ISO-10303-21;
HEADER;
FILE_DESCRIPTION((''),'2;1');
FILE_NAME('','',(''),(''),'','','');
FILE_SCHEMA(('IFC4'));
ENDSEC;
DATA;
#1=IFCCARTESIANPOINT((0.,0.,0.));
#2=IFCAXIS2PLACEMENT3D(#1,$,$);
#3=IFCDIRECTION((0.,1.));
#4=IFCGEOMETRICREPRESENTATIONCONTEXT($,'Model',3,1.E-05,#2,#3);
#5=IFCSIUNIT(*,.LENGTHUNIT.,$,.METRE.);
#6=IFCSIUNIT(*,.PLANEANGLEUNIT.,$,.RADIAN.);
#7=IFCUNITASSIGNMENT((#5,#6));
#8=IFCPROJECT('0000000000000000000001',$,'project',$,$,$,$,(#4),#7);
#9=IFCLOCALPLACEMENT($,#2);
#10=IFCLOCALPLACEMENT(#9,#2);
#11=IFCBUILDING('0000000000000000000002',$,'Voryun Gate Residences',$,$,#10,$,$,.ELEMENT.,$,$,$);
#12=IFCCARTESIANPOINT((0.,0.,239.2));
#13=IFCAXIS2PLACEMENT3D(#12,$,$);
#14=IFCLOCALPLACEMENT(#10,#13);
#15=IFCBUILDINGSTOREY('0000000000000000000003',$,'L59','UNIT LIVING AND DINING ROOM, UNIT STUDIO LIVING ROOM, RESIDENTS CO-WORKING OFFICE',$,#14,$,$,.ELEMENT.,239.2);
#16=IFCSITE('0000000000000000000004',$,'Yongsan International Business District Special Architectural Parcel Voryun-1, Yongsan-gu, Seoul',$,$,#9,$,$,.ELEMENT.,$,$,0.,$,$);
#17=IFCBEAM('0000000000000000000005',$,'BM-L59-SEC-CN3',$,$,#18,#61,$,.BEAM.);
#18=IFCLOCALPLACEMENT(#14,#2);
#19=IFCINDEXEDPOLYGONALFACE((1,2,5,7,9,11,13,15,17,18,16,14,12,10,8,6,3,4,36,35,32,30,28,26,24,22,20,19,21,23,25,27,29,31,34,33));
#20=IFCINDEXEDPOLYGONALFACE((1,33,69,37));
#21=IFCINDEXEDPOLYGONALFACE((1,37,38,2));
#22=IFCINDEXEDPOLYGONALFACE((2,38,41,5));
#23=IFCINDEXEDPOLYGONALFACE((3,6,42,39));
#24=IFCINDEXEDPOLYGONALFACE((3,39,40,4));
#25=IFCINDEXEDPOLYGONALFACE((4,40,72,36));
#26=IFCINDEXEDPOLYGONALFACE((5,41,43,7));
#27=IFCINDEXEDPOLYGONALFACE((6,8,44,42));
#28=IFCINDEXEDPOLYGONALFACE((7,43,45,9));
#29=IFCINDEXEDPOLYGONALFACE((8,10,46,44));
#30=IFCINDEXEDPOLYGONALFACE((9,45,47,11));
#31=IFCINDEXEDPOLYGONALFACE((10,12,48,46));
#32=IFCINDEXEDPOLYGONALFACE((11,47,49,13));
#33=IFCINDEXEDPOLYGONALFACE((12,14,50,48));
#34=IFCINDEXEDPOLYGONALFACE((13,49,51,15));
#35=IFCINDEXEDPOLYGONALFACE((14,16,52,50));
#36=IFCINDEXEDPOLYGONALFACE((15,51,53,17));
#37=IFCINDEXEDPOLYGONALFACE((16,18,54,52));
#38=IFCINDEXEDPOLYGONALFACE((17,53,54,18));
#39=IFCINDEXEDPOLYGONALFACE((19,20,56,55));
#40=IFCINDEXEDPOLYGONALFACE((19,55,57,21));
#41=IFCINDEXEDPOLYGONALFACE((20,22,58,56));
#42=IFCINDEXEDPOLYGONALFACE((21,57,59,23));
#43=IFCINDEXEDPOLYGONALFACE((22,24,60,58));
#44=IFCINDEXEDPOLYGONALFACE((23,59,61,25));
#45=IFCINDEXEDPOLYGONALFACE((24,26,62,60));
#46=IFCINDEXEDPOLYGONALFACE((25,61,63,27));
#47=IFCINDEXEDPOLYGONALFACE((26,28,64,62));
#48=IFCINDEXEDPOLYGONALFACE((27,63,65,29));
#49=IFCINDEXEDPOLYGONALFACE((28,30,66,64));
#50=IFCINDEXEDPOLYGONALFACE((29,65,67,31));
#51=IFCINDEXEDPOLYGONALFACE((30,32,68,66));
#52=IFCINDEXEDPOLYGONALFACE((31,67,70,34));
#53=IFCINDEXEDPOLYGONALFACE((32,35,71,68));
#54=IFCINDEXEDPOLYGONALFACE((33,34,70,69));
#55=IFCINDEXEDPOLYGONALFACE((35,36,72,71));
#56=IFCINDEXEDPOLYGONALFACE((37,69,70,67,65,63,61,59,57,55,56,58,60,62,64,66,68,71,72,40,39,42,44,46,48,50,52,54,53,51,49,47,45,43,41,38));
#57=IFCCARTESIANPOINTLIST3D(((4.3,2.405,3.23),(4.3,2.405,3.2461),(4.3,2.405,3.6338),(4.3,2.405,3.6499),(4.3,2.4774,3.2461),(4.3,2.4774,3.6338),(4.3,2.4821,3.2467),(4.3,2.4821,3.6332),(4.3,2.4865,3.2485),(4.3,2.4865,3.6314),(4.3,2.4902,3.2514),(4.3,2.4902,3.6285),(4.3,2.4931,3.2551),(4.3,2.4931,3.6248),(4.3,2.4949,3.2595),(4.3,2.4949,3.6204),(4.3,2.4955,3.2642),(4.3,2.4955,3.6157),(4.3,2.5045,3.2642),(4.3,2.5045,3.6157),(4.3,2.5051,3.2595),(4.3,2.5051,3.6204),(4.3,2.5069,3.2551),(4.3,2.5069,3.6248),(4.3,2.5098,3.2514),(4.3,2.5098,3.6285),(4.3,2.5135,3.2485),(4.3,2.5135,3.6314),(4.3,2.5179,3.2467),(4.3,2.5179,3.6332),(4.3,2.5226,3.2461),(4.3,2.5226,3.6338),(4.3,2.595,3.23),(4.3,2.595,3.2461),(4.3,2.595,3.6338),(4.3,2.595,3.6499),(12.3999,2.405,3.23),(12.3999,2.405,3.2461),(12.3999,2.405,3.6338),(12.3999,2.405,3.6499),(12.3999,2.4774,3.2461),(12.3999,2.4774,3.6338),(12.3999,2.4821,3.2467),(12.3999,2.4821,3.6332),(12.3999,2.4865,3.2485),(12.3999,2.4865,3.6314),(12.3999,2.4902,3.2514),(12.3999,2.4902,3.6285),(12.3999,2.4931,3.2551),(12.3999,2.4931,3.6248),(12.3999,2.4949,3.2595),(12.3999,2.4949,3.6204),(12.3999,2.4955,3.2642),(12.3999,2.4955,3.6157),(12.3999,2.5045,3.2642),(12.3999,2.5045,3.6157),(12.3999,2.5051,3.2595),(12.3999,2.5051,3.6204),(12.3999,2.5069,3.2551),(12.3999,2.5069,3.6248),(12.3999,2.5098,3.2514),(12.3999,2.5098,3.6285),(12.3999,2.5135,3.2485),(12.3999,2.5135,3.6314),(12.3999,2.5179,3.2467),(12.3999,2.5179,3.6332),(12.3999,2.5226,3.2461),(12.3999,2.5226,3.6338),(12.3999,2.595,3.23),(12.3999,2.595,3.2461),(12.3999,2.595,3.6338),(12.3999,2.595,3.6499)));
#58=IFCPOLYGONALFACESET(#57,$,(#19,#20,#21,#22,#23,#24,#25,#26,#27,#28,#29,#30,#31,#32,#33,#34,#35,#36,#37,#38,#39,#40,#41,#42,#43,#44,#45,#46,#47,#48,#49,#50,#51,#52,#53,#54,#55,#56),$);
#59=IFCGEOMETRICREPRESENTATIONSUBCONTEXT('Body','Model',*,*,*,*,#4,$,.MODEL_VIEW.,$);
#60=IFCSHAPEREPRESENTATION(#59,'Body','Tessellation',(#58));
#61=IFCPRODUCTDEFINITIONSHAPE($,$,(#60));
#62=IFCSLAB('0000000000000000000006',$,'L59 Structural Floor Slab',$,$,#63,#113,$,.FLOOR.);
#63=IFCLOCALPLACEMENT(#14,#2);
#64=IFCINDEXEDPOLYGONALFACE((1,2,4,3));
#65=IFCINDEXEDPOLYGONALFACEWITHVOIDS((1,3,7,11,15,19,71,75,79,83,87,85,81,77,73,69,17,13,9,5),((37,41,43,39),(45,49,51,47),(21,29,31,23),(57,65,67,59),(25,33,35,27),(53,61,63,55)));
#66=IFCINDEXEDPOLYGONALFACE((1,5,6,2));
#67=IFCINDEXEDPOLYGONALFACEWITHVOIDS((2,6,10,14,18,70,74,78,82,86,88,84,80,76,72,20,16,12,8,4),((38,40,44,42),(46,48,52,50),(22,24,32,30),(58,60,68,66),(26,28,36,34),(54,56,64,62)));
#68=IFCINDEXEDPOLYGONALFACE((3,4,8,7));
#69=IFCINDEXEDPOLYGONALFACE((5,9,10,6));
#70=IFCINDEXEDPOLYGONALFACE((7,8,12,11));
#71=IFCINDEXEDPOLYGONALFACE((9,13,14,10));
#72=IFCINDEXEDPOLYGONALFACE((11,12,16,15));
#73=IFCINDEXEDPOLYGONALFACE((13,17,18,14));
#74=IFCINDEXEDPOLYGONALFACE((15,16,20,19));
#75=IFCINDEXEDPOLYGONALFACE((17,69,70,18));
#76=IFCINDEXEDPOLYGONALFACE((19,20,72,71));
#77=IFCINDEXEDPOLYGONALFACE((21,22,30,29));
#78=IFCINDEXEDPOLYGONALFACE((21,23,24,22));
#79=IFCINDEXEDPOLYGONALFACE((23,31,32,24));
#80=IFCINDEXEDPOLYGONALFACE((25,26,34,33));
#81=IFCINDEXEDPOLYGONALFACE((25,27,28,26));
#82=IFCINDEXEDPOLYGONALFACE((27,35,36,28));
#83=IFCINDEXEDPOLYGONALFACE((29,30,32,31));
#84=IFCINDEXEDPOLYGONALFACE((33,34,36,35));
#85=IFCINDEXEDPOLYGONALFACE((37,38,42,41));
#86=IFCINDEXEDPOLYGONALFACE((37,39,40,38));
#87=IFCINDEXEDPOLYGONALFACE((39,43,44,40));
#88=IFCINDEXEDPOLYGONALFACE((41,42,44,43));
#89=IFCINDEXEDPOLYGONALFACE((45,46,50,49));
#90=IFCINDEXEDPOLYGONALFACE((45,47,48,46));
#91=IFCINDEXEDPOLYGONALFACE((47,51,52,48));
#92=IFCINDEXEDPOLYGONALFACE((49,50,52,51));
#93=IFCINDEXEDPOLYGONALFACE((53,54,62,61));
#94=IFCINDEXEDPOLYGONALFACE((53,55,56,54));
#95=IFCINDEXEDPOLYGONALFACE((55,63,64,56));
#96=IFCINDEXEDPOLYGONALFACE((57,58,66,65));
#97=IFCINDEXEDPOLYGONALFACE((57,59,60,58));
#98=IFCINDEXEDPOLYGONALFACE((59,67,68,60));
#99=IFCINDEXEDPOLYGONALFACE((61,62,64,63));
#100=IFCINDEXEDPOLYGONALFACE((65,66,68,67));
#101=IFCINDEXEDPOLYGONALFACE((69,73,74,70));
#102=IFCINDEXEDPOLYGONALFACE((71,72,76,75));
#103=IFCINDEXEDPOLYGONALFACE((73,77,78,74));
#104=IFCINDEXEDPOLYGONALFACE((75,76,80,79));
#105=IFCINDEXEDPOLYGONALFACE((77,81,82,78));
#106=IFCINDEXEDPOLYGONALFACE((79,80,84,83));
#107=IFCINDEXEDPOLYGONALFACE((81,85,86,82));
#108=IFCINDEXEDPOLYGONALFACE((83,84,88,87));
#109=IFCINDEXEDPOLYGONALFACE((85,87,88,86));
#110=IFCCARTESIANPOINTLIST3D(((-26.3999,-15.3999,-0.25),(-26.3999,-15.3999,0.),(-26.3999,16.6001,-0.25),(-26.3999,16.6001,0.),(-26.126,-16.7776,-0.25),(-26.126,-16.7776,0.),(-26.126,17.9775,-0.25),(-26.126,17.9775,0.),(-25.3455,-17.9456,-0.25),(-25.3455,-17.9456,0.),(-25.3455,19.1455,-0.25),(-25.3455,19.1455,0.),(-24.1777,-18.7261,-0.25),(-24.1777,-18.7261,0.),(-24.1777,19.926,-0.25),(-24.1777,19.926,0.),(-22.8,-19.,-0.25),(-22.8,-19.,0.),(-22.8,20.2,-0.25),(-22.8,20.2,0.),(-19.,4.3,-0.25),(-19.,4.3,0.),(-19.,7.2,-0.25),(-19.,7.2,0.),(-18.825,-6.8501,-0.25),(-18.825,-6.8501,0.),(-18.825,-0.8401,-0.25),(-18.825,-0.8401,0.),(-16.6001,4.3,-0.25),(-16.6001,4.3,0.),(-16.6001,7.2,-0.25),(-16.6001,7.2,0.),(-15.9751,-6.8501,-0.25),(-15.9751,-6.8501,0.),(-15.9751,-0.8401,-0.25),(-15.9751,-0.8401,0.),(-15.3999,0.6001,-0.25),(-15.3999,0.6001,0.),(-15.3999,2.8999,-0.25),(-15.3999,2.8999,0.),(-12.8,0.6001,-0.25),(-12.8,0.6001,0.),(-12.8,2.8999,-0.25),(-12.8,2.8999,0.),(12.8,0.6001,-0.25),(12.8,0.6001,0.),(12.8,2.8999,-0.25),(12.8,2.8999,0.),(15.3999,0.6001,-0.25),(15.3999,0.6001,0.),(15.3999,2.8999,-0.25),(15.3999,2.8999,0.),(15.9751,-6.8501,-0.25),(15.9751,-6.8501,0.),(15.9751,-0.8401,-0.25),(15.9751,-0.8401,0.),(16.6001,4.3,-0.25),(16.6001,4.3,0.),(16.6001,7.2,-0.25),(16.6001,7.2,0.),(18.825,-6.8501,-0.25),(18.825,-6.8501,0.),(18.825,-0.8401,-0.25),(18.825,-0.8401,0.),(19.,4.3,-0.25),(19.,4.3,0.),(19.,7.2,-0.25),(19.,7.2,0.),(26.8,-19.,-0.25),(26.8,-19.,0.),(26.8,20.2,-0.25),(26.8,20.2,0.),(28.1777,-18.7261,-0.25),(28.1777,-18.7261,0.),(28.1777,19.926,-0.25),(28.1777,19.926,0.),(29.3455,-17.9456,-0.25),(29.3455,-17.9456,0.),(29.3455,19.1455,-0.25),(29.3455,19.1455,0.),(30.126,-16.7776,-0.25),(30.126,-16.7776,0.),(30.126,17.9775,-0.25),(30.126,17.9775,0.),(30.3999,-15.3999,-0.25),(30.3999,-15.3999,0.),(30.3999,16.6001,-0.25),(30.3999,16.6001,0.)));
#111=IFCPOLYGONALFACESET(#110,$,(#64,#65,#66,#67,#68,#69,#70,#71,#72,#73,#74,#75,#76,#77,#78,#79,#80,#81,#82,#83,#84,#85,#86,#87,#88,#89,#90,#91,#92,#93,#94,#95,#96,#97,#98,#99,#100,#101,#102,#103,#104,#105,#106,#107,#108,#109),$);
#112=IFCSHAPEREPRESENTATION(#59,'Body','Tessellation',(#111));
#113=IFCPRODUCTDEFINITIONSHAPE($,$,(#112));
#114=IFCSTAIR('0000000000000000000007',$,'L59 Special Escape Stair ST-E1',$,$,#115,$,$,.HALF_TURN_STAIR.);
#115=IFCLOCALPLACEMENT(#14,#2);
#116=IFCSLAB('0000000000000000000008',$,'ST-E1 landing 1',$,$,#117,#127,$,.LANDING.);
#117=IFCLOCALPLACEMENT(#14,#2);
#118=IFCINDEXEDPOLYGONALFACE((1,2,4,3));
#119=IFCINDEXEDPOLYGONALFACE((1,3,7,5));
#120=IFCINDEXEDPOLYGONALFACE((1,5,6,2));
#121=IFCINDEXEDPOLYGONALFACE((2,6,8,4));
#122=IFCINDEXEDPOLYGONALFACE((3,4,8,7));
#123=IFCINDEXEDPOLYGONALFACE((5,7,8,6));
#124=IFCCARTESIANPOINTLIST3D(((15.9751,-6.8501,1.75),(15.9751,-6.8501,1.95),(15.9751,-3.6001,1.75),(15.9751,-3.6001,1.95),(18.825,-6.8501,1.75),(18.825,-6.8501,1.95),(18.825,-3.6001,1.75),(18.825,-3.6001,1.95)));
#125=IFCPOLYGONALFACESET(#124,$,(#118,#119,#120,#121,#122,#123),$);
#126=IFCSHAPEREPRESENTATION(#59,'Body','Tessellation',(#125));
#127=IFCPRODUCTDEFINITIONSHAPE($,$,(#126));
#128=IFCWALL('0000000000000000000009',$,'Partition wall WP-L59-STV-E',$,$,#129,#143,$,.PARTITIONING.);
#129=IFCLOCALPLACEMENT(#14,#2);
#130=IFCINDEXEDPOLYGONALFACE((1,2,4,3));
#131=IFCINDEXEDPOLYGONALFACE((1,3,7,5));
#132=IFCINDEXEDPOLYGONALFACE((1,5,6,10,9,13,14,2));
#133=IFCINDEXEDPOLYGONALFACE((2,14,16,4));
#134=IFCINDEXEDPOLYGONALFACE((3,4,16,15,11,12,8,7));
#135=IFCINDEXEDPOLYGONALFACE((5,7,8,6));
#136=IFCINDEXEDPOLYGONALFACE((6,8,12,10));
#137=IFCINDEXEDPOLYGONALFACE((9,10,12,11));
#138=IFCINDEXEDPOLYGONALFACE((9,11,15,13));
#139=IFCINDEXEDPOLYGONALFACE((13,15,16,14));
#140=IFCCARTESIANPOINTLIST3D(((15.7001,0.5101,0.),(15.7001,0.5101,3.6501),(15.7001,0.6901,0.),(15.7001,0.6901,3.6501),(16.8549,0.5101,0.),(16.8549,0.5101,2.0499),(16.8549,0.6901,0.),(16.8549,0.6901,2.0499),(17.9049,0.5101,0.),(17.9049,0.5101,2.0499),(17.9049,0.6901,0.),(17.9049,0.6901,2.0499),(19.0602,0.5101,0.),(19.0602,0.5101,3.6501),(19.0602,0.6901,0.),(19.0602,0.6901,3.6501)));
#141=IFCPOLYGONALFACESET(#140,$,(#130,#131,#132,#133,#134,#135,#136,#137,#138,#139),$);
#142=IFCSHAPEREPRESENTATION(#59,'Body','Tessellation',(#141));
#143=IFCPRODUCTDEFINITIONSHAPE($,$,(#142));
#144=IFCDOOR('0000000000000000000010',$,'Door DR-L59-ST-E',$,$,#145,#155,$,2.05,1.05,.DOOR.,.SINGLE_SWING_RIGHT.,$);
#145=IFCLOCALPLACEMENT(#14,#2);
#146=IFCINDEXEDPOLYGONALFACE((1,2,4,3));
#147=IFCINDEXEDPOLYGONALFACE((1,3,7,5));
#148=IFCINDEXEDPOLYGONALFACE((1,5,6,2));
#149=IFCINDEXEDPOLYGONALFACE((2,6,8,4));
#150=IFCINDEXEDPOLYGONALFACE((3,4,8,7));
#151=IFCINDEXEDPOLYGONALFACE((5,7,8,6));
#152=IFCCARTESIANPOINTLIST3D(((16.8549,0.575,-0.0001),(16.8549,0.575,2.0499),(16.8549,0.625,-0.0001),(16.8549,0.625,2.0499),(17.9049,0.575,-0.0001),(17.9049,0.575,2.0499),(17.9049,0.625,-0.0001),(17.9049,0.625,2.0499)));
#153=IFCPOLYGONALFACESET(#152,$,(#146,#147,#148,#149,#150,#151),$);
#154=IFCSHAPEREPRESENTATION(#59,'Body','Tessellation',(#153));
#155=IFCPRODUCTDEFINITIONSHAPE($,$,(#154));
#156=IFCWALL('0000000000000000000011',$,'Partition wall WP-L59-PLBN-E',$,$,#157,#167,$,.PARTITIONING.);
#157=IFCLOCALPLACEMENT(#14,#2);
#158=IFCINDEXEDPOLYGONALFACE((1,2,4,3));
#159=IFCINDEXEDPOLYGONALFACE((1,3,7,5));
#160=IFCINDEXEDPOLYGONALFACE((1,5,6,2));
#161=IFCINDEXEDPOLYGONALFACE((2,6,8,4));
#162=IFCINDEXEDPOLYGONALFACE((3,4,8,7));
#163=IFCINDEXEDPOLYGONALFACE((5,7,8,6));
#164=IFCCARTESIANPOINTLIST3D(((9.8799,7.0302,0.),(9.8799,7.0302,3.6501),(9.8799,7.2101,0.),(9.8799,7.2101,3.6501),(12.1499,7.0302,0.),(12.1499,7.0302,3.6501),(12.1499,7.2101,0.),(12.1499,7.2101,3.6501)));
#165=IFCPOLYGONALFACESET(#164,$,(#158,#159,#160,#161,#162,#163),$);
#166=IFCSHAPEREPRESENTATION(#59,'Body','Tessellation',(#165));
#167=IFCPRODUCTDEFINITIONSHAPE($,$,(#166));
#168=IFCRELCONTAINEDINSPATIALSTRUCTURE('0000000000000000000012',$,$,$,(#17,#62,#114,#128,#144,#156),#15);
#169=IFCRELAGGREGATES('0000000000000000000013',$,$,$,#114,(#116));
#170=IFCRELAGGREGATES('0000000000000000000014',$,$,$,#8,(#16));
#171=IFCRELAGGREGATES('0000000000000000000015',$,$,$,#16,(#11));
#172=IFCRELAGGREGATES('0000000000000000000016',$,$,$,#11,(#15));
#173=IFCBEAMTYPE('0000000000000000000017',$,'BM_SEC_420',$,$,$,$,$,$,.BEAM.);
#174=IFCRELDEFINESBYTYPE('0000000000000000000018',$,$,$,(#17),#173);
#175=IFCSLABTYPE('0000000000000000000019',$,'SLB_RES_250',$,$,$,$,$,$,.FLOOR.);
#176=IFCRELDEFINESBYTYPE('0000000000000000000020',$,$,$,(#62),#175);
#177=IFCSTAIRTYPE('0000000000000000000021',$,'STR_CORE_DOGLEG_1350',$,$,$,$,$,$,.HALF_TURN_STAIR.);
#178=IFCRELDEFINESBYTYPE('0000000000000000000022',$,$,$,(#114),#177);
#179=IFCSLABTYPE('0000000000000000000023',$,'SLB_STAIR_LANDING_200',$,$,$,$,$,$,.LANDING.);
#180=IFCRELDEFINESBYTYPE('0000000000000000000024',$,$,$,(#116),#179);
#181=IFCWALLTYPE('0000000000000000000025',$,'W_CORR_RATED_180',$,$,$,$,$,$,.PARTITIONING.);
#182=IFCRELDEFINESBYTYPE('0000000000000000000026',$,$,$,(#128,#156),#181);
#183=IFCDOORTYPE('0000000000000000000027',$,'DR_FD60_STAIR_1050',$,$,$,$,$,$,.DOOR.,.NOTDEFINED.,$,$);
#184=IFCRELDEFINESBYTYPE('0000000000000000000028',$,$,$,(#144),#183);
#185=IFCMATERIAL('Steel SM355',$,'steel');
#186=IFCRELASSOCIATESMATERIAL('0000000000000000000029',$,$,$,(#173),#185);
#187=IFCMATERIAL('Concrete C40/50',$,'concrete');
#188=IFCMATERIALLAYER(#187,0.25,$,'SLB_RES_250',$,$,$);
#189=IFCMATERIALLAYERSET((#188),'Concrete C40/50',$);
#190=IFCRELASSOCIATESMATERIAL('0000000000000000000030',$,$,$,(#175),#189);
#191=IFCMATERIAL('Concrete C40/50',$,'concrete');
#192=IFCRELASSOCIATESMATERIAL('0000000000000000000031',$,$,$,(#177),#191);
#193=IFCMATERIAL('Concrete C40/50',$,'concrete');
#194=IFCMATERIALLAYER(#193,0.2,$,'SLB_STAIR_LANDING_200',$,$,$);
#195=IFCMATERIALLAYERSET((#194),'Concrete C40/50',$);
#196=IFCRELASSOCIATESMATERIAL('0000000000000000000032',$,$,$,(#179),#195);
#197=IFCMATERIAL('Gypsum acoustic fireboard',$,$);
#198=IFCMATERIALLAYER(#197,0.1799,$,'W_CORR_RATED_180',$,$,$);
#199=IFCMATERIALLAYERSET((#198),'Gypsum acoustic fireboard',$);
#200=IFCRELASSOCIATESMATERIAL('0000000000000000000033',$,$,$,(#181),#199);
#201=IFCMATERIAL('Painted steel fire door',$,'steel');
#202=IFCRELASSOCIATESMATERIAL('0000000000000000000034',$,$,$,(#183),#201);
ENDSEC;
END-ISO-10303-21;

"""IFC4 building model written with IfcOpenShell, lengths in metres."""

from ifc_helpers import new_model, si_unit, direction, frame, frame_2d, origin, origin_2d, place, context, subcontext, project, spatial, polyline, rectangle, i_section, outline, extrude, material, layer, layer_set, material_profile, profile_set, type_object, element, fill, aggregate, save


model = new_model("IFC4")

# Units and contexts
model_context = context("Model", 3, precision=1e-05, world=origin(), true_north=direction((0.0, 1.0)))
body_context = subcontext(model_context, "Body", "Model", "MODEL_VIEW")
ifc_project = project(units=[si_unit("LENGTHUNIT", "METRE"), si_unit("PLANEANGLEUNIT", "RADIAN")], contexts=[model_context])

# Site, building, storey
site_placement = place(None, origin())
site = spatial("IfcSite", under=ifc_project, at=site_placement, Name="Yongsan International Business District Special Architectural Parcel Voryun-1, Yongsan-gu, Seoul", CompositionType="ELEMENT", RefElevation=0.0)
building_placement = place(site_placement, origin())
building = spatial("IfcBuilding", under=site, at=building_placement, Name="Voryun Gate Residences", CompositionType="ELEMENT")
storey_placement = place(building_placement, frame((0.0, 0.0, 239.2)))
storey = spatial("IfcBuildingStorey", under=building, at=storey_placement, Name="L59", Description="UNIT LIVING AND DINING ROOM, UNIT STUDIO LIVING ROOM, RESIDENTS CO-WORKING OFFICE", CompositionType="ELEMENT", Elevation=239.2)

# Beam
ifc_material_1 = material(Name="Steel SM355", Category="steel")
ifc_material_profile_1 = material_profile(ifc_material_1, i_section(OverallWidth=0.1899, OverallDepth=0.4199, WebThickness=0.009, FlangeThickness=0.0161, FilletRadius=0.0181, at=origin_2d()), Name="H-420x190x9x16")
ifc_profile_set_1 = profile_set([ifc_material_profile_1], Name="Steel SM355")
beam_type_1 = type_object("IfcBeamType", Name="BM_SEC_420", PredefinedType="BEAM", material=ifc_profile_set_1)
for number, where, z_axis, x_axis, name in (
    (1, (4.3, 2.5, 3.4399), (1.0, 0.0, 0.0), (0.0, 1.0, 0.0), "BM-L59-SEC-CN3"),
):
    element("IfcBeam", number, at=place(storey_placement, frame(where, z_axis=z_axis, x_axis=x_axis)), inside=storey, type_object=beam_type_1, Name=name, PredefinedType="BEAM", context=body_context, shape_type="SweptSolid", body=[
        extrude(i_section(OverallWidth=0.1899, OverallDepth=0.4199, WebThickness=0.009, FlangeThickness=0.0161, FilletRadius=0.0181, at=origin_2d()), origin(), (0.0, 0.0, 1.0), 8.0999),
    ])

# Slab
ifc_material_2 = material(Name="Concrete C40/50", Category="concrete")
ifc_layer_1 = layer(ifc_material_2, 0.25, Name="SLB_RES_250")
ifc_layer_set_1 = layer_set([ifc_layer_1], Name="Concrete C40/50")
slab_type_1 = type_object("IfcSlabType", Name="SLB_RES_250", PredefinedType="FLOOR", material=ifc_layer_set_1)
slab_1_placement = place(storey_placement, frame((0.0, 0.0, -0.25)))
element("IfcSlab", 2, at=slab_1_placement, inside=storey, type_object=slab_type_1, Name="L59 Structural Floor Slab", PredefinedType="FLOOR", context=body_context, shape_type="SweptSolid", body=[
    extrude(outline(polyline([(-22.8, -19.0), (-24.1777, -18.7261), (-25.3455, -17.9456), (-26.126, -16.7776), (-26.3999, -15.3999), (-26.3999, 16.6001), (-26.126, 17.9775), (-25.3455, 19.1455), (-24.1777, 19.926), (-22.8, 20.2), (26.8, 20.2), (28.1777, 19.926), (29.3455, 19.1455), (30.126, 17.9775), (30.3999, 16.6001), (30.3999, -15.3999), (30.126, -16.7776), (29.3455, -17.9456), (28.1777, -18.7261), (26.8, -19.0), (-22.8, -19.0)]), holes=[polyline([(-15.9751, -0.8401), (-18.825, -0.8401), (-18.825, -6.8501), (-15.9751, -6.8501), (-15.9751, -0.8401)]), polyline([(18.825, -6.8501), (18.825, -0.8401), (15.9751, -0.8401), (15.9751, -6.8501), (18.825, -6.8501)]), polyline([(-12.8, 2.8999), (-15.3999, 2.8999), (-15.3999, 0.6001), (-12.8, 0.6001), (-12.8, 2.8999)]), polyline([(12.8, 2.8999), (12.8, 0.6001), (15.3999, 0.6001), (15.3999, 2.8999), (12.8, 2.8999)]), polyline([(-16.6001, 7.2), (-19.0, 7.2), (-19.0, 4.3), (-16.6001, 4.3), (-16.6001, 7.2)]), polyline([(19.0, 7.2), (16.6001, 7.2), (16.6001, 4.3), (19.0, 4.3), (19.0, 7.2)])]), origin(), (0.0, 0.0, 1.0), 0.25),
])

# Stair, slab
ifc_material_3 = material(Name="Concrete C40/50", Category="concrete")
stair_type = type_object("IfcStairType", Name="STR_CORE_DOGLEG_1350", PredefinedType="HALF_TURN_STAIR", material=ifc_material_3)
stair_placement = place(storey_placement, origin())
stair = element("IfcStair", 3, at=stair_placement, inside=storey, type_object=stair_type, Name="L59 Special Escape Stair ST-E1", PredefinedType="HALF_TURN_STAIR")
ifc_material_4 = material(Name="Concrete C40/50", Category="concrete")
ifc_layer_2 = layer(ifc_material_4, 0.2, Name="SLB_STAIR_LANDING_200")
ifc_layer_set_2 = layer_set([ifc_layer_2], Name="Concrete C40/50")
slab_type_2 = type_object("IfcSlabType", Name="SLB_STAIR_LANDING_200", PredefinedType="LANDING", material=ifc_layer_set_2)
slab_2_placement = place(storey_placement, frame((0.0, 0.0, 1.75)))
slab_2 = element("IfcSlab", 4, at=slab_2_placement, type_object=slab_type_2, Name="ST-E1 landing 1", PredefinedType="LANDING", context=body_context, shape_type="SweptSolid", body=[
    extrude(outline(polyline([(15.9751, -3.6001), (15.9751, -6.8501), (18.825, -6.8501), (18.825, -3.6001), (15.9751, -3.6001)])), origin(), (0.0, 0.0, 1.0), 0.2),
])
aggregate(stair, [slab_2])

# Wall, opening, door
ifc_material_5 = material(Name="Gypsum acoustic fireboard")
ifc_layer_3 = layer(ifc_material_5, 0.1799, Name="W_CORR_RATED_180")
ifc_layer_set_3 = layer_set([ifc_layer_3], Name="Gypsum acoustic fireboard")
wall_type_1 = type_object("IfcWallType", Name="W_CORR_RATED_180", PredefinedType="PARTITIONING", material=ifc_layer_set_3)
wall_1_placement = place(storey_placement, frame((15.7, 0.6001, 0.0), z_axis=(0.0, 0.0, 1.0), x_axis=(1.0, 0.0, 0.0)))
wall_1 = element("IfcWall", 5, at=wall_1_placement, inside=storey, type_object=wall_type_1, Name="Partition wall WP-L59-STV-E", PredefinedType="PARTITIONING", context=body_context, shape_type="SweptSolid", body=[
    extrude(rectangle(XDim=3.3601, YDim=0.1799, at=frame_2d((1.6802, 0.0))), origin(), (0.0, 0.0, 1.0), 3.6501),
])
opening_1_placement = place(wall_1_placement, frame((1.155, 0.0, 0.0)))
opening_1 = element("IfcOpeningElement", 6, at=opening_1_placement, cuts=wall_1, PredefinedType="OPENING", context=body_context, shape_type="SweptSolid", body=[
    extrude(rectangle(XDim=1.05, YDim=2.05, at=frame_2d((0.5249, 1.0249))), frame((0.0, 0.0999, 0.0), z_axis=(0.0, -1.0, 0.0), x_axis=(1.0, 0.0, 0.0)), (0.0, 0.0, 1.0), 0.2),
])
ifc_material_6 = material(Name="Painted steel fire door", Category="steel")
door_type_1 = type_object("IfcDoorType", Name="DR_FD60_STAIR_1050", OperationType="NOTDEFINED", PredefinedType="DOOR", material=ifc_material_6)
door_1_placement = place(opening_1_placement, origin())
door_1 = element("IfcDoor", 7, at=door_1_placement, inside=storey, type_object=door_type_1, Name="Door DR-L59-ST-E", OperationType="SINGLE_SWING_RIGHT", OverallHeight=2.05, OverallWidth=1.05, PredefinedType="DOOR", context=body_context, shape_type="SweptSolid", body=[
    extrude(rectangle(XDim=1.05, YDim=2.05, at=frame_2d((0.5249, 1.0249))), frame((0.0, 0.0249, 0.0), z_axis=(0.0, -1.0, 0.0), x_axis=(1.0, 0.0, 0.0)), (0.0, 0.0, 1.0), 0.05),
])
fill(opening_1, door_1)

# Wall
wall_2_placement = place(storey_placement, frame((9.8799, 7.1201, 0.0), z_axis=(0.0, 0.0, 1.0), x_axis=(1.0, 0.0, 0.0)))
element("IfcWall", 8, at=wall_2_placement, inside=storey, type_object=wall_type_1, Name="Partition wall WP-L59-PLBN-E", PredefinedType="PARTITIONING", context=body_context, shape_type="SweptSolid", body=[
    extrude(rectangle(XDim=2.27, YDim=0.1799, at=frame_2d((1.135, 0.0))), origin(), (0.0, 0.0, 1.0), 3.6501),
])

save(model, "model.ifc")
